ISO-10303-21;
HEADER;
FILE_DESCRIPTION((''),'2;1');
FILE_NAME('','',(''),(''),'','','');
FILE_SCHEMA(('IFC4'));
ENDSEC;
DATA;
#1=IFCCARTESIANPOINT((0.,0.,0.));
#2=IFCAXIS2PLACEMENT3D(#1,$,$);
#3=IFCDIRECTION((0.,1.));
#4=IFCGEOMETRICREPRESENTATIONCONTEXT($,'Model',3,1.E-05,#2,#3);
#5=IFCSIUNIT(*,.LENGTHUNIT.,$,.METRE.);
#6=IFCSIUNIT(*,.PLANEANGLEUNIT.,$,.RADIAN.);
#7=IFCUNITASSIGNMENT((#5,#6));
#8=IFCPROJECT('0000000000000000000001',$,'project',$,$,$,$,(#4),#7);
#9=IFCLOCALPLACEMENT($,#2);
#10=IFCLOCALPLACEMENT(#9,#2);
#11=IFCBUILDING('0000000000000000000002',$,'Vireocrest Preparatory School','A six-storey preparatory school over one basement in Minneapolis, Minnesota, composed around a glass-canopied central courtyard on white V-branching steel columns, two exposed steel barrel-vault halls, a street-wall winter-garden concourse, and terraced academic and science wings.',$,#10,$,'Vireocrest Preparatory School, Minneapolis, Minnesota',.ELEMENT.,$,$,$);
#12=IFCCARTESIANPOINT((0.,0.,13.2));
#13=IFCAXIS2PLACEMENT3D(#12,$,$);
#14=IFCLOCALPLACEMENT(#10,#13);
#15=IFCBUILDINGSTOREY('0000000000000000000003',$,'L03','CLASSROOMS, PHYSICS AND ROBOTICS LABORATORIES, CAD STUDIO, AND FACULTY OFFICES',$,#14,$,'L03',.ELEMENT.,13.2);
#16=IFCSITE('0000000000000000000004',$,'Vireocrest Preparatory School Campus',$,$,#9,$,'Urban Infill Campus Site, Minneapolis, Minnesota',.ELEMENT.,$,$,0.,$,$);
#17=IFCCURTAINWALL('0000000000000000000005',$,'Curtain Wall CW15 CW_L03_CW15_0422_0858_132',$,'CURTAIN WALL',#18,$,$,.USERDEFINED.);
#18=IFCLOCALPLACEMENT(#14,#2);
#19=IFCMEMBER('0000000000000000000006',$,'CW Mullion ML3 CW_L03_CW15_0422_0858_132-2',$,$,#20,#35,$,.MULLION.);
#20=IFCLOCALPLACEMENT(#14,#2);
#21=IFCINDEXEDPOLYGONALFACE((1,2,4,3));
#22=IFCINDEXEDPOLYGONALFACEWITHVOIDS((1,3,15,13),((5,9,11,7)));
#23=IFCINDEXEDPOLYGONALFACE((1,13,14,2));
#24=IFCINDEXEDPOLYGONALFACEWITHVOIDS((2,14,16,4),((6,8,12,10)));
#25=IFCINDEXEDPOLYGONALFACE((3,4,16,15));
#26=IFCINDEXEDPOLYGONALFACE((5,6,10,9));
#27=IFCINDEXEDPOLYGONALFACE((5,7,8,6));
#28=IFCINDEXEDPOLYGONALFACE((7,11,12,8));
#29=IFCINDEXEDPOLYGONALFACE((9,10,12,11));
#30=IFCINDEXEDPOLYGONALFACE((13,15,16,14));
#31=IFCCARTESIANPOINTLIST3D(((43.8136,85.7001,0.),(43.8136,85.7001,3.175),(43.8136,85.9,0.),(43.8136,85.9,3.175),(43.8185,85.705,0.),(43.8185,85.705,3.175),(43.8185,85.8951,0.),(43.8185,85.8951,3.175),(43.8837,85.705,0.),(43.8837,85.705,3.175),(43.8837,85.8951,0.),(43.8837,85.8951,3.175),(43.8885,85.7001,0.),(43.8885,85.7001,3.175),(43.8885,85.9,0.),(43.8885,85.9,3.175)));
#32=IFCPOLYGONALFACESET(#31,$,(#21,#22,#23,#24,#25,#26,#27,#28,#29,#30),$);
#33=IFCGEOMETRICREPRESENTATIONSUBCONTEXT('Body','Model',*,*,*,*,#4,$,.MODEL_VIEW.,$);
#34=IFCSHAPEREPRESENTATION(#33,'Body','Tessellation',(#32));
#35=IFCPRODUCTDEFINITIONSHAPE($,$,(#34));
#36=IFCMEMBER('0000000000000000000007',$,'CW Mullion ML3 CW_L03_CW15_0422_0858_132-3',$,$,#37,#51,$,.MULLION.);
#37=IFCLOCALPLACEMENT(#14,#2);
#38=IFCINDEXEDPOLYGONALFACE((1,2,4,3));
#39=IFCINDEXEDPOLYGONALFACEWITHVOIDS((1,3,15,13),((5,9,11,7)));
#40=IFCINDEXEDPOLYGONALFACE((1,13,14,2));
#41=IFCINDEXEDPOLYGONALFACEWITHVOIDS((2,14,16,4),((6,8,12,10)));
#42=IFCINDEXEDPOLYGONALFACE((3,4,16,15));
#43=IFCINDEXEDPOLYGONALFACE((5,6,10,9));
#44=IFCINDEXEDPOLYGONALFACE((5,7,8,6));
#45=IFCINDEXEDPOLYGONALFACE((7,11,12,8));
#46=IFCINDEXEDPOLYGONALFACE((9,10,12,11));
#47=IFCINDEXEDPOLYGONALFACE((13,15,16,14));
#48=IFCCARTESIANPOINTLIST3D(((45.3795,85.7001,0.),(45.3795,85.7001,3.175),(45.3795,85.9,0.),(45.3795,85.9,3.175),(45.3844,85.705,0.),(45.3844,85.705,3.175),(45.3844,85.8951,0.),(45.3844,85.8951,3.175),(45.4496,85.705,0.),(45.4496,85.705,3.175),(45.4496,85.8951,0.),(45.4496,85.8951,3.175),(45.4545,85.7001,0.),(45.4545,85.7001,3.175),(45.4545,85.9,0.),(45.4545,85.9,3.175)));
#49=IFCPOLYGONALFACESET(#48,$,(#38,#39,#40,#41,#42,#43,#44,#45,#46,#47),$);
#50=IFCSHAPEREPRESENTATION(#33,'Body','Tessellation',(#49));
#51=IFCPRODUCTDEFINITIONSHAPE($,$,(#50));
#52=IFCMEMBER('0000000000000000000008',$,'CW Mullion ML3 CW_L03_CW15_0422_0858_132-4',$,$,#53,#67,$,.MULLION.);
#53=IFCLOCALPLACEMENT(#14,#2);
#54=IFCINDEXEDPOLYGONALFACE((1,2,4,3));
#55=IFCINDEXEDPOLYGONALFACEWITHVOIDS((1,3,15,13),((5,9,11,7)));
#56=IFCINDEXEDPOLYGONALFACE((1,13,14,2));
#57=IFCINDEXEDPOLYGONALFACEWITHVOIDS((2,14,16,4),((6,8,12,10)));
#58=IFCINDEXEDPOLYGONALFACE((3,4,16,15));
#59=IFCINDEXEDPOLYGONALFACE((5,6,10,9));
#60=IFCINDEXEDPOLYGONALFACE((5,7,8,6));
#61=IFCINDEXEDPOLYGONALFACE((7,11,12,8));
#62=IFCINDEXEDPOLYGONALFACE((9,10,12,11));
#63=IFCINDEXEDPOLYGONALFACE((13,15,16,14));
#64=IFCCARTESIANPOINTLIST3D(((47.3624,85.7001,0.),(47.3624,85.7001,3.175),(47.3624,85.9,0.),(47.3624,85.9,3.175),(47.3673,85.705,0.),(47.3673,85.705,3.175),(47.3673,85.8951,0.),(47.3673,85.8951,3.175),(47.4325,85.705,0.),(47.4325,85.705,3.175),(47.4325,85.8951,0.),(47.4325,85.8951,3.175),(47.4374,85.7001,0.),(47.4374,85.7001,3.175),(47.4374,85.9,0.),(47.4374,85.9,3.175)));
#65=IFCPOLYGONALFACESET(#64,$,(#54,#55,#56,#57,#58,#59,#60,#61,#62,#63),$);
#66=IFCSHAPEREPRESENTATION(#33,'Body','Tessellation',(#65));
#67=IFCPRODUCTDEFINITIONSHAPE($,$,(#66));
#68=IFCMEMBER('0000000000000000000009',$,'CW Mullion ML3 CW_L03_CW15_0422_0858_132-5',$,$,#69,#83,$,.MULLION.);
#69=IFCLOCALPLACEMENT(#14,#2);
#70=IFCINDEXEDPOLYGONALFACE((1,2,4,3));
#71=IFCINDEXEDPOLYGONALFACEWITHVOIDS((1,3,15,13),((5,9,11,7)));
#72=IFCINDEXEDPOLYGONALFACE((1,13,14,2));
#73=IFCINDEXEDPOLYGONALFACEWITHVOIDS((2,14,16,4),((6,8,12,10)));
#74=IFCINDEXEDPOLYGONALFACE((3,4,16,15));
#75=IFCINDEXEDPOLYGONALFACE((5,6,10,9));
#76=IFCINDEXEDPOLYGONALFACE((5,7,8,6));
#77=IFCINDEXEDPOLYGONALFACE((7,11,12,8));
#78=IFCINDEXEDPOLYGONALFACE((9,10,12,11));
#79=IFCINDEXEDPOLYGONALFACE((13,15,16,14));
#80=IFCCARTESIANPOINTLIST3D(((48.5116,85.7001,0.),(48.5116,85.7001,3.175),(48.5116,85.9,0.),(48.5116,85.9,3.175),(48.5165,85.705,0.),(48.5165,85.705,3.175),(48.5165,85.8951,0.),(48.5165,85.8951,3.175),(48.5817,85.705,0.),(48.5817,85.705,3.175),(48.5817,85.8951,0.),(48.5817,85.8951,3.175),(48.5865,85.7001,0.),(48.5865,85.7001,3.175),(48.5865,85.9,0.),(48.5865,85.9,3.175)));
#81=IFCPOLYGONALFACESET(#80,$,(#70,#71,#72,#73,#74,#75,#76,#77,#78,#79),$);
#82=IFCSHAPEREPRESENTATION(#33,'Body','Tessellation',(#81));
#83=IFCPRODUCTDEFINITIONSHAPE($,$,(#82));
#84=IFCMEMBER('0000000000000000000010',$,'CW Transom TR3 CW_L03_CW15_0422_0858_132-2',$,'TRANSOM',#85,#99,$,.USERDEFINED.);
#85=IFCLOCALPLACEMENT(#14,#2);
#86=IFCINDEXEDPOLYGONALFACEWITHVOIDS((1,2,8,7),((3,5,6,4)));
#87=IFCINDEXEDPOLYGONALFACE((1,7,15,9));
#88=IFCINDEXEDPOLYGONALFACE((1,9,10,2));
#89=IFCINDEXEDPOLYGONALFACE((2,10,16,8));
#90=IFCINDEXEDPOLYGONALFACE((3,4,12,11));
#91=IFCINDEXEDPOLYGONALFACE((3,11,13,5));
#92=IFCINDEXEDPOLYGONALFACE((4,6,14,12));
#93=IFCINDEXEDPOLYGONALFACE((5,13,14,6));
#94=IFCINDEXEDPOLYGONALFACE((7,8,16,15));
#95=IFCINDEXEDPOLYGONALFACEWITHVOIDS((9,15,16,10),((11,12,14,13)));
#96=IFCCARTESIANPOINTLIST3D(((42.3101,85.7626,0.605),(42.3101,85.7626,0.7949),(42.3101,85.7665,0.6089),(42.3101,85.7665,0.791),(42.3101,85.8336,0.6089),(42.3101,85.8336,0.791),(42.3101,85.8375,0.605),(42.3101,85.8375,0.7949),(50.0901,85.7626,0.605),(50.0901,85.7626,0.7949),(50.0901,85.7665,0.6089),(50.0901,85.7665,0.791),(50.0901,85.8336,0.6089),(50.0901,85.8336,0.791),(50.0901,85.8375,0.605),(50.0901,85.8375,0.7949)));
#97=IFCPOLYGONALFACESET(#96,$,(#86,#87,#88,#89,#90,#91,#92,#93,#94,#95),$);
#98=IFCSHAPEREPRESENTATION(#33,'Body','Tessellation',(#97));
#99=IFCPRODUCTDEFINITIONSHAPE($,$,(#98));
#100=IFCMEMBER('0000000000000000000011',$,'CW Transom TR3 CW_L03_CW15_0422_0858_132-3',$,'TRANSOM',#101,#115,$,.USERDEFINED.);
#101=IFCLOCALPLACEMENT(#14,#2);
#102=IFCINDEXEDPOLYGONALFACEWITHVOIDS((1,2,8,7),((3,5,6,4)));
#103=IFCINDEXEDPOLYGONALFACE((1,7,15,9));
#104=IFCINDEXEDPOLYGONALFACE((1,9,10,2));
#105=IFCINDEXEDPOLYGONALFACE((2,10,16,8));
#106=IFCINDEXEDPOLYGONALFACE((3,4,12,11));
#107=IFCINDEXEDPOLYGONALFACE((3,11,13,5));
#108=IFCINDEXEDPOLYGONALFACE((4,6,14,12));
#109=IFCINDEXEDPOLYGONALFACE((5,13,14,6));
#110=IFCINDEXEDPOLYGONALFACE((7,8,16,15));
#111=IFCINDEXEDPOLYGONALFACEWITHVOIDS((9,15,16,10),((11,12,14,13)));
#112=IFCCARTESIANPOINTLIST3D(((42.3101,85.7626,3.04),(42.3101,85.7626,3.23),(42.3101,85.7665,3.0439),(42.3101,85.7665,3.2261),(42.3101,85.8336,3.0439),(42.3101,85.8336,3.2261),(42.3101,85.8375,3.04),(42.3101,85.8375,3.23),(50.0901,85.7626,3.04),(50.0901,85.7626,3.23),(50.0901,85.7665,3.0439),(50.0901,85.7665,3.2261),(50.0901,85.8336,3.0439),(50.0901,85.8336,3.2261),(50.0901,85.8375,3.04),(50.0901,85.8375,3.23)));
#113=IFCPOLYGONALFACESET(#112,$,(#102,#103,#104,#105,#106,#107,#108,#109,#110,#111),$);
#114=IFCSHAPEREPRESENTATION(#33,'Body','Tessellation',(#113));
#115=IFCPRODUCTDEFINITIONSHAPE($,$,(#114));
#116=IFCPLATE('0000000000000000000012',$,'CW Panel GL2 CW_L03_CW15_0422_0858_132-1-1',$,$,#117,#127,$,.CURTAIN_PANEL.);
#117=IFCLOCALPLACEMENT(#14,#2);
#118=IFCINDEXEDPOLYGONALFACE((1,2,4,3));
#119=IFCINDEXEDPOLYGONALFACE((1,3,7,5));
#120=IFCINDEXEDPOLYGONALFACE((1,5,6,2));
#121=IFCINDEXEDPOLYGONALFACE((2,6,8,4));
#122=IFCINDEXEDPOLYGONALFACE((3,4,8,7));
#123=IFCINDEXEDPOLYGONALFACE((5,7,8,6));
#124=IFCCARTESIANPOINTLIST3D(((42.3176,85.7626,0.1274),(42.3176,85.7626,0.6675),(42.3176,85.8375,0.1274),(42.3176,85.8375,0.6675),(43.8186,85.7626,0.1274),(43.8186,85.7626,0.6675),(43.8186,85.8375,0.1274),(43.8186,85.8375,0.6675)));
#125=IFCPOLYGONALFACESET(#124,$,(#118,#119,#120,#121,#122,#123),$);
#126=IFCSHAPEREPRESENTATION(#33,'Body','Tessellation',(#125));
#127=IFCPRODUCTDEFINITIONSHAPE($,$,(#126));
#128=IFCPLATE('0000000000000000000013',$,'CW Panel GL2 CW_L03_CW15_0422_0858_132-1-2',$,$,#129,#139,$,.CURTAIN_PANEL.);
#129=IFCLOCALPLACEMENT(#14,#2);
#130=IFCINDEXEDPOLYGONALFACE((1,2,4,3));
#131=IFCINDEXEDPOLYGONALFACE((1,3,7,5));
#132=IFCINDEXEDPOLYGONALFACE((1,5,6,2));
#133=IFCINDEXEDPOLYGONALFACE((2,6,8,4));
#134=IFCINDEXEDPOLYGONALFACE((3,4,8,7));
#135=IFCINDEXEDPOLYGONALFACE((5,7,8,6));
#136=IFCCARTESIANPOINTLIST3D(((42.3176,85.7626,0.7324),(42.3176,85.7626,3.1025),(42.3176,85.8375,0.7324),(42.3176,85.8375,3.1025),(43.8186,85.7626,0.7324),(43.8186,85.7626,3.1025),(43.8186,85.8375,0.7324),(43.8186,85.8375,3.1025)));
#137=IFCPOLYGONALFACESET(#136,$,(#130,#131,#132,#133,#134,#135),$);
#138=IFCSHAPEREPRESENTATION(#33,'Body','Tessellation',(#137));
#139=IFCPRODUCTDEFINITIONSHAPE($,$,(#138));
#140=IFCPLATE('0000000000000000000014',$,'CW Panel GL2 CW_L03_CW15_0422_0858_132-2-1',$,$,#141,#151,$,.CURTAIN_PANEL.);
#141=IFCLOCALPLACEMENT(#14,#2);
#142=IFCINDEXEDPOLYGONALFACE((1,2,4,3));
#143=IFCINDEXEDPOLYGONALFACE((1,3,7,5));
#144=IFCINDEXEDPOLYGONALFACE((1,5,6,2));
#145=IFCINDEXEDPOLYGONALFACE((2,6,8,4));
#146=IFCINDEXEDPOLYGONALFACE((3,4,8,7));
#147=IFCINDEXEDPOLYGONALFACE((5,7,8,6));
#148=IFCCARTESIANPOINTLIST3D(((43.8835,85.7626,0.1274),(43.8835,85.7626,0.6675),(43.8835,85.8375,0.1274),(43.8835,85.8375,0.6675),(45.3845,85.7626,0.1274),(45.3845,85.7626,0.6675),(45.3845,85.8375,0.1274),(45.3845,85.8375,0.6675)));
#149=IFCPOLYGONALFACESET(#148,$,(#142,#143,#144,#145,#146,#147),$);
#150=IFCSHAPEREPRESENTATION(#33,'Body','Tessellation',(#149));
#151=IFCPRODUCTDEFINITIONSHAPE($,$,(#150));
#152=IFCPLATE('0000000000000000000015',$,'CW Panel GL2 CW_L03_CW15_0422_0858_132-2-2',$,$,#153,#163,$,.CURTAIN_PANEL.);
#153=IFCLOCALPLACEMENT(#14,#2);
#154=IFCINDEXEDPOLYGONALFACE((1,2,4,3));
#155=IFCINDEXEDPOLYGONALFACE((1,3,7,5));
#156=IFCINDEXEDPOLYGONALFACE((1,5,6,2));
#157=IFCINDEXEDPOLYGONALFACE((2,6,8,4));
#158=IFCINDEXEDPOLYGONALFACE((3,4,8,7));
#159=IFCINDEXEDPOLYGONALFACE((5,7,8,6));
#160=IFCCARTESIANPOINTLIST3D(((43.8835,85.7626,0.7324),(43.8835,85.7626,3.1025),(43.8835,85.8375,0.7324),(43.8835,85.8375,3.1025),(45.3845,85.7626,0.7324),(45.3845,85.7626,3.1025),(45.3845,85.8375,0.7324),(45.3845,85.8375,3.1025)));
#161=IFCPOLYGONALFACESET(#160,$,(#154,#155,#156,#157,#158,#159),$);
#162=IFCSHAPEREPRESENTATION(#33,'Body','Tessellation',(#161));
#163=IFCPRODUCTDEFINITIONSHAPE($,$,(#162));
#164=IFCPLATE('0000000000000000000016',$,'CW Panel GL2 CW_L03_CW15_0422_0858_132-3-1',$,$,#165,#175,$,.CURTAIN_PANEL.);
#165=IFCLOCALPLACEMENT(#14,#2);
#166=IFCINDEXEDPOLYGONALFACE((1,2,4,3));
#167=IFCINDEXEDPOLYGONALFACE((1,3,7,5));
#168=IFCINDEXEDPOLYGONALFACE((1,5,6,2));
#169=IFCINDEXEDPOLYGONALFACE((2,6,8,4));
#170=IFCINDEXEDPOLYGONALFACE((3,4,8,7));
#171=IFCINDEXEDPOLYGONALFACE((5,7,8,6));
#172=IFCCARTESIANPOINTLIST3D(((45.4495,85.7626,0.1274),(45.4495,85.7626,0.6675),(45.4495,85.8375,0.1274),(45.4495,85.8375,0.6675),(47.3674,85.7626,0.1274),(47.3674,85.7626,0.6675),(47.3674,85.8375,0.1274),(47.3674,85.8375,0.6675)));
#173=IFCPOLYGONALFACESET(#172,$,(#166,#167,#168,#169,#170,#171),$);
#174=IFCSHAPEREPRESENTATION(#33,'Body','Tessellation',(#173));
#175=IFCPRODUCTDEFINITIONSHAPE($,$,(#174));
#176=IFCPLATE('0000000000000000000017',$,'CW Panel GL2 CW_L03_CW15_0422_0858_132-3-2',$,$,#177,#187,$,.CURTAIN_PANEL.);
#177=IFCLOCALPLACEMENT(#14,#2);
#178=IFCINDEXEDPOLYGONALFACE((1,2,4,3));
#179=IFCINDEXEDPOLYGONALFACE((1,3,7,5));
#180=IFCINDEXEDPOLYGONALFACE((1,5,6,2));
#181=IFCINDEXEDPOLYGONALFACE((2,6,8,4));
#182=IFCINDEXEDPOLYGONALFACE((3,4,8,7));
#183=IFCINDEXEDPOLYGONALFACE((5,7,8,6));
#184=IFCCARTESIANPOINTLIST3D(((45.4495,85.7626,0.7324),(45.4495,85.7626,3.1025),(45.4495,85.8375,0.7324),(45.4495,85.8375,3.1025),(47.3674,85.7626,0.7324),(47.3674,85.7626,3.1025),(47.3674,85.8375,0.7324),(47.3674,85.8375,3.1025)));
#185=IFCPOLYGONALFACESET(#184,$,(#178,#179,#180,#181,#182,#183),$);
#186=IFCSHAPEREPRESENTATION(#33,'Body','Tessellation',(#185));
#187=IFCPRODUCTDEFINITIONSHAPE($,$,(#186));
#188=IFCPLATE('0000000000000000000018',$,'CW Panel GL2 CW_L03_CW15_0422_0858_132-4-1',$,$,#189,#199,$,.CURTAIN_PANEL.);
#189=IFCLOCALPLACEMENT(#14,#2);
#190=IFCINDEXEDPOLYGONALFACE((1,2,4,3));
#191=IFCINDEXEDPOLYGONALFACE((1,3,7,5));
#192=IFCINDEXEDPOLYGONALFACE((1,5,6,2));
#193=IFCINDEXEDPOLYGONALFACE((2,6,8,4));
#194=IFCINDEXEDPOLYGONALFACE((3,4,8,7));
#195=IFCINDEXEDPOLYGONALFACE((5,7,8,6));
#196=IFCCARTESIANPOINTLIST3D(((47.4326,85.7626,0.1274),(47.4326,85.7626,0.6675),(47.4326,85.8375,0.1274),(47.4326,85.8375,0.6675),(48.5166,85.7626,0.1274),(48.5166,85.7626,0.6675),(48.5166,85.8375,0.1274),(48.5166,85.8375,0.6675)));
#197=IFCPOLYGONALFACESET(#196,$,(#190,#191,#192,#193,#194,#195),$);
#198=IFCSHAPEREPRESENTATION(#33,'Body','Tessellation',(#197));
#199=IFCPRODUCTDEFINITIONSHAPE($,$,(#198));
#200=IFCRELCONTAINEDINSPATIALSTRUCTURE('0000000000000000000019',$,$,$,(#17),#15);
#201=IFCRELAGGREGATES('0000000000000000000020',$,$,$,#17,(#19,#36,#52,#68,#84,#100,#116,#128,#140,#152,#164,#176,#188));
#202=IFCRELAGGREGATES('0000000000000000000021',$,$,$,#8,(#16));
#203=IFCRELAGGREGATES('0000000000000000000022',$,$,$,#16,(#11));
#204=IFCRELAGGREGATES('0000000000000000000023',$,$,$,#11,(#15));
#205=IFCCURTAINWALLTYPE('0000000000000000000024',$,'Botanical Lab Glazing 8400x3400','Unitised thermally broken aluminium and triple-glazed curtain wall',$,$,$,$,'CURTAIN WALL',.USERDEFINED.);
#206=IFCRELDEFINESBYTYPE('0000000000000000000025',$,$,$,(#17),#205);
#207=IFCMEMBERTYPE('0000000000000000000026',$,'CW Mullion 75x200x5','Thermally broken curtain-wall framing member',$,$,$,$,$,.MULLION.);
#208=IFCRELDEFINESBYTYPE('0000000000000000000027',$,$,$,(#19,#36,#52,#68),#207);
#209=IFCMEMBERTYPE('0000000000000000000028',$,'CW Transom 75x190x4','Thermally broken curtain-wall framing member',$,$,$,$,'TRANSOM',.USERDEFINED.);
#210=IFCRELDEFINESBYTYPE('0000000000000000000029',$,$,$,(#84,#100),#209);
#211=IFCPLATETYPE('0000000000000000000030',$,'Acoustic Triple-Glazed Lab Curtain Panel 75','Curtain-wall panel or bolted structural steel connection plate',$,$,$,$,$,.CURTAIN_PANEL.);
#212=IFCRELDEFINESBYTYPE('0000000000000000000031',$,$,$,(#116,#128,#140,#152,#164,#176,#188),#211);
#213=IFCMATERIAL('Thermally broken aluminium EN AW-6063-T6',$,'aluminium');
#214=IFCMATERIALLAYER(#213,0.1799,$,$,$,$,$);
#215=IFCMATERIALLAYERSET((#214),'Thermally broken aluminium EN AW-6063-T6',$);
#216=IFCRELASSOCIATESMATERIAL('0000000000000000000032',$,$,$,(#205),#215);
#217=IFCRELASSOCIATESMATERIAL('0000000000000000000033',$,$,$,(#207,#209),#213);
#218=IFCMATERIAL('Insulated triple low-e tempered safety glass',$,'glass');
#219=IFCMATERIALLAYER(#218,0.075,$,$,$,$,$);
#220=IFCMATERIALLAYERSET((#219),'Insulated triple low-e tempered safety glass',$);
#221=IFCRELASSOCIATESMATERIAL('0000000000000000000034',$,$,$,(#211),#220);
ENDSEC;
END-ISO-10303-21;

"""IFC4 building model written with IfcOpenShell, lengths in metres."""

from ifc_helpers import new_model, si_unit, direction, frame, origin, origin_2d, place, context, subcontext, project, spatial, rectangle, hollow_rectangle, extrude, material, layer, layer_set, material_profile, profile_set, type_object, element, aggregate, save


model = new_model("IFC4")

# Units and contexts
model_context = context("Model", 3, precision=1e-05, world=origin(), true_north=direction((0.0, 1.0)))
body_context = subcontext(model_context, "Body", "Model", "MODEL_VIEW")
ifc_project = project(units=[si_unit("LENGTHUNIT", "METRE"), si_unit("PLANEANGLEUNIT", "RADIAN")], contexts=[model_context])

# Site, building, storey
site_placement = place(None, origin())
site = spatial("IfcSite", under=ifc_project, at=site_placement, Name="Vireocrest Preparatory School Campus", LongName="Urban Infill Campus Site, Minneapolis, Minnesota", CompositionType="ELEMENT", RefElevation=0.0)
building_placement = place(site_placement, origin())
building = spatial("IfcBuilding", under=site, at=building_placement, Name="Vireocrest Preparatory School", Description="A six-storey preparatory school over one basement in Minneapolis, Minnesota, composed around a glass-canopied central courtyard on white V-branching steel columns, two exposed steel barrel-vault halls, a street-wall winter-garden concourse, and terraced academic and science wings.", LongName="Vireocrest Preparatory School, Minneapolis, Minnesota", CompositionType="ELEMENT")
storey_placement = place(building_placement, frame((0.0, 0.0, 13.2)))
storey = spatial("IfcBuildingStorey", under=building, at=storey_placement, Name="L03", Description="CLASSROOMS, PHYSICS AND ROBOTICS LABORATORIES, CAD STUDIO, AND FACULTY OFFICES", LongName="L03", CompositionType="ELEMENT", Elevation=13.2)

# Curtain wall, members, plates
ifc_material_1 = material(Name="Thermally broken aluminium EN AW-6063-T6", Category="aluminium")
ifc_layer_1 = layer(ifc_material_1, 0.1799)
ifc_layer_set_1 = layer_set([ifc_layer_1], Name="Thermally broken aluminium EN AW-6063-T6")
curtain_wall_type = type_object("IfcCurtainWallType", Name="Botanical Lab Glazing 8400x3400", Description="Unitised thermally broken aluminium and triple-glazed curtain wall", ElementType="CURTAIN WALL", PredefinedType="USERDEFINED", material=ifc_layer_set_1)
curtain_wall_placement = place(storey_placement, origin())
curtain_wall = element("IfcCurtainWall", 1, at=curtain_wall_placement, inside=storey, type_object=curtain_wall_type, Name="Curtain Wall CW15 CW_L03_CW15_0422_0858_132", ObjectType="CURTAIN WALL", PredefinedType="USERDEFINED")
ifc_material_profile_1 = material_profile(ifc_material_1, hollow_rectangle(XDim=0.075, YDim=0.2, WallThickness=0.0049, at=origin_2d()), Name="ALU 75x200x5")
ifc_profile_set_1 = profile_set([ifc_material_profile_1], Name="Thermally broken aluminium EN AW-6063-T6")
member_type_1 = type_object("IfcMemberType", Name="CW Mullion 75x200x5", Description="Thermally broken curtain-wall framing member", PredefinedType="MULLION", material=ifc_profile_set_1)
member_1_placement = place(storey_placement, frame((43.8511, 85.8, 0.0), z_axis=(0.0, 0.0, 1.0), x_axis=(1.0, 0.0, 0.0)))
member_1 = element("IfcMember", 2, at=member_1_placement, type_object=member_type_1, Name="CW Mullion ML3 CW_L03_CW15_0422_0858_132-2", PredefinedType="MULLION", context=body_context, shape_type="SweptSolid", body=[
    extrude(hollow_rectangle(XDim=0.075, YDim=0.2, WallThickness=0.0049, at=origin_2d()), origin(), (0.0, 0.0, 1.0), 3.175),
])
member_2_placement = place(storey_placement, frame((45.417, 85.8, 0.0), z_axis=(0.0, 0.0, 1.0), x_axis=(1.0, 0.0, 0.0)))
member_2 = element("IfcMember", 3, at=member_2_placement, type_object=member_type_1, Name="CW Mullion ML3 CW_L03_CW15_0422_0858_132-3", PredefinedType="MULLION", context=body_context, shape_type="SweptSolid", body=[
    extrude(hollow_rectangle(XDim=0.075, YDim=0.2, WallThickness=0.0049, at=origin_2d()), origin(), (0.0, 0.0, 1.0), 3.175),
])
member_3_placement = place(storey_placement, frame((47.3999, 85.8, 0.0), z_axis=(0.0, 0.0, 1.0), x_axis=(1.0, 0.0, 0.0)))
member_3 = element("IfcMember", 4, at=member_3_placement, type_object=member_type_1, Name="CW Mullion ML3 CW_L03_CW15_0422_0858_132-4", PredefinedType="MULLION", context=body_context, shape_type="SweptSolid", body=[
    extrude(hollow_rectangle(XDim=0.075, YDim=0.2, WallThickness=0.0049, at=origin_2d()), origin(), (0.0, 0.0, 1.0), 3.175),
])
member_4_placement = place(storey_placement, frame((48.5491, 85.8, 0.0), z_axis=(0.0, 0.0, 1.0), x_axis=(1.0, 0.0, 0.0)))
member_4 = element("IfcMember", 5, at=member_4_placement, type_object=member_type_1, Name="CW Mullion ML3 CW_L03_CW15_0422_0858_132-5", PredefinedType="MULLION", context=body_context, shape_type="SweptSolid", body=[
    extrude(hollow_rectangle(XDim=0.075, YDim=0.2, WallThickness=0.0049, at=origin_2d()), origin(), (0.0, 0.0, 1.0), 3.175),
])
ifc_material_profile_2 = material_profile(ifc_material_1, hollow_rectangle(XDim=0.075, YDim=0.1899, WallThickness=0.0039, at=origin_2d()), Name="ALU 75x190x4")
ifc_profile_set_2 = profile_set([ifc_material_profile_2], Name="Thermally broken aluminium EN AW-6063-T6")
member_type_2 = type_object("IfcMemberType", Name="CW Transom 75x190x4", Description="Thermally broken curtain-wall framing member", ElementType="TRANSOM", PredefinedType="USERDEFINED", material=ifc_profile_set_2)
member_5_placement = place(storey_placement, frame((42.3101, 85.8, 0.7), z_axis=(1.0, 0.0, 0.0), x_axis=(0.0, 1.0, 0.0)))
member_5 = element("IfcMember", 6, at=member_5_placement, type_object=member_type_2, Name="CW Transom TR3 CW_L03_CW15_0422_0858_132-2", ObjectType="TRANSOM", PredefinedType="USERDEFINED", context=body_context, shape_type="SweptSolid", body=[
    extrude(hollow_rectangle(XDim=0.075, YDim=0.1899, WallThickness=0.0039, at=origin_2d()), origin(), (0.0, 0.0, 1.0), 7.78),
])
member_6_placement = place(storey_placement, frame((42.3101, 85.8, 3.135), z_axis=(1.0, 0.0, 0.0), x_axis=(0.0, 1.0, 0.0)))
member_6 = element("IfcMember", 7, at=member_6_placement, type_object=member_type_2, Name="CW Transom TR3 CW_L03_CW15_0422_0858_132-3", ObjectType="TRANSOM", PredefinedType="USERDEFINED", context=body_context, shape_type="SweptSolid", body=[
    extrude(hollow_rectangle(XDim=0.075, YDim=0.1899, WallThickness=0.0039, at=origin_2d()), origin(), (0.0, 0.0, 1.0), 7.78),
])
ifc_material_2 = material(Name="Insulated triple low-e tempered safety glass", Category="glass")
ifc_layer_2 = layer(ifc_material_2, 0.075)
ifc_layer_set_2 = layer_set([ifc_layer_2], Name="Insulated triple low-e tempered safety glass")
plate_type = type_object("IfcPlateType", Name="Acoustic Triple-Glazed Lab Curtain Panel 75", Description="Curtain-wall panel or bolted structural steel connection plate", PredefinedType="CURTAIN_PANEL", material=ifc_layer_set_2)
plate_1_placement = place(storey_placement, frame((43.0681, 85.8, 0.1274), z_axis=(0.0, 0.0, 1.0), x_axis=(1.0, 0.0, 0.0)))
plate_1 = element("IfcPlate", 8, at=plate_1_placement, type_object=plate_type, Name="CW Panel GL2 CW_L03_CW15_0422_0858_132-1-1", PredefinedType="CURTAIN_PANEL", context=body_context, shape_type="SweptSolid", body=[
    extrude(rectangle(XDim=1.501, YDim=0.075, at=origin_2d()), origin(), (0.0, 0.0, 1.0), 0.54),
])
plate_2_placement = place(storey_placement, frame((43.0681, 85.8, 0.7324), z_axis=(0.0, 0.0, 1.0), x_axis=(1.0, 0.0, 0.0)))
plate_2 = element("IfcPlate", 9, at=plate_2_placement, type_object=plate_type, Name="CW Panel GL2 CW_L03_CW15_0422_0858_132-1-2", PredefinedType="CURTAIN_PANEL", context=body_context, shape_type="SweptSolid", body=[
    extrude(rectangle(XDim=1.501, YDim=0.075, at=origin_2d()), origin(), (0.0, 0.0, 1.0), 2.3701),
])
plate_3_placement = place(storey_placement, frame((44.634, 85.8, 0.1274), z_axis=(0.0, 0.0, 1.0), x_axis=(1.0, 0.0, 0.0)))
plate_3 = element("IfcPlate", 10, at=plate_3_placement, type_object=plate_type, Name="CW Panel GL2 CW_L03_CW15_0422_0858_132-2-1", PredefinedType="CURTAIN_PANEL", context=body_context, shape_type="SweptSolid", body=[
    extrude(rectangle(XDim=1.501, YDim=0.075, at=origin_2d()), origin(), (0.0, 0.0, 1.0), 0.54),
])
plate_4_placement = place(storey_placement, frame((44.634, 85.8, 0.7324), z_axis=(0.0, 0.0, 1.0), x_axis=(1.0, 0.0, 0.0)))
plate_4 = element("IfcPlate", 11, at=plate_4_placement, type_object=plate_type, Name="CW Panel GL2 CW_L03_CW15_0422_0858_132-2-2", PredefinedType="CURTAIN_PANEL", context=body_context, shape_type="SweptSolid", body=[
    extrude(rectangle(XDim=1.501, YDim=0.075, at=origin_2d()), origin(), (0.0, 0.0, 1.0), 2.3701),
])
plate_5_placement = place(storey_placement, frame((46.4084, 85.8, 0.1274), z_axis=(0.0, 0.0, 1.0), x_axis=(1.0, 0.0, 0.0)))
plate_5 = element("IfcPlate", 12, at=plate_5_placement, type_object=plate_type, Name="CW Panel GL2 CW_L03_CW15_0422_0858_132-3-1", PredefinedType="CURTAIN_PANEL", context=body_context, shape_type="SweptSolid", body=[
    extrude(rectangle(XDim=1.918, YDim=0.075, at=origin_2d()), origin(), (0.0, 0.0, 1.0), 0.54),
])
plate_6_placement = place(storey_placement, frame((46.4084, 85.8, 0.7324), z_axis=(0.0, 0.0, 1.0), x_axis=(1.0, 0.0, 0.0)))
plate_6 = element("IfcPlate", 13, at=plate_6_placement, type_object=plate_type, Name="CW Panel GL2 CW_L03_CW15_0422_0858_132-3-2", PredefinedType="CURTAIN_PANEL", context=body_context, shape_type="SweptSolid", body=[
    extrude(rectangle(XDim=1.918, YDim=0.075, at=origin_2d()), origin(), (0.0, 0.0, 1.0), 2.3701),
])
plate_7_placement = place(storey_placement, frame((47.9746, 85.8, 0.1274), z_axis=(0.0, 0.0, 1.0), x_axis=(1.0, 0.0, 0.0)))
plate_7 = element("IfcPlate", 14, at=plate_7_placement, type_object=plate_type, Name="CW Panel GL2 CW_L03_CW15_0422_0858_132-4-1", PredefinedType="CURTAIN_PANEL", context=body_context, shape_type="SweptSolid", body=[
    extrude(rectangle(XDim=1.084, YDim=0.075, at=origin_2d()), origin(), (0.0, 0.0, 1.0), 0.54),
])
aggregate(curtain_wall, [member_1, member_2, member_3, member_4, member_5, member_6, plate_1, plate_2, plate_3, plate_4, plate_5, plate_6, plate_7])

save(model, "model.ifc")
